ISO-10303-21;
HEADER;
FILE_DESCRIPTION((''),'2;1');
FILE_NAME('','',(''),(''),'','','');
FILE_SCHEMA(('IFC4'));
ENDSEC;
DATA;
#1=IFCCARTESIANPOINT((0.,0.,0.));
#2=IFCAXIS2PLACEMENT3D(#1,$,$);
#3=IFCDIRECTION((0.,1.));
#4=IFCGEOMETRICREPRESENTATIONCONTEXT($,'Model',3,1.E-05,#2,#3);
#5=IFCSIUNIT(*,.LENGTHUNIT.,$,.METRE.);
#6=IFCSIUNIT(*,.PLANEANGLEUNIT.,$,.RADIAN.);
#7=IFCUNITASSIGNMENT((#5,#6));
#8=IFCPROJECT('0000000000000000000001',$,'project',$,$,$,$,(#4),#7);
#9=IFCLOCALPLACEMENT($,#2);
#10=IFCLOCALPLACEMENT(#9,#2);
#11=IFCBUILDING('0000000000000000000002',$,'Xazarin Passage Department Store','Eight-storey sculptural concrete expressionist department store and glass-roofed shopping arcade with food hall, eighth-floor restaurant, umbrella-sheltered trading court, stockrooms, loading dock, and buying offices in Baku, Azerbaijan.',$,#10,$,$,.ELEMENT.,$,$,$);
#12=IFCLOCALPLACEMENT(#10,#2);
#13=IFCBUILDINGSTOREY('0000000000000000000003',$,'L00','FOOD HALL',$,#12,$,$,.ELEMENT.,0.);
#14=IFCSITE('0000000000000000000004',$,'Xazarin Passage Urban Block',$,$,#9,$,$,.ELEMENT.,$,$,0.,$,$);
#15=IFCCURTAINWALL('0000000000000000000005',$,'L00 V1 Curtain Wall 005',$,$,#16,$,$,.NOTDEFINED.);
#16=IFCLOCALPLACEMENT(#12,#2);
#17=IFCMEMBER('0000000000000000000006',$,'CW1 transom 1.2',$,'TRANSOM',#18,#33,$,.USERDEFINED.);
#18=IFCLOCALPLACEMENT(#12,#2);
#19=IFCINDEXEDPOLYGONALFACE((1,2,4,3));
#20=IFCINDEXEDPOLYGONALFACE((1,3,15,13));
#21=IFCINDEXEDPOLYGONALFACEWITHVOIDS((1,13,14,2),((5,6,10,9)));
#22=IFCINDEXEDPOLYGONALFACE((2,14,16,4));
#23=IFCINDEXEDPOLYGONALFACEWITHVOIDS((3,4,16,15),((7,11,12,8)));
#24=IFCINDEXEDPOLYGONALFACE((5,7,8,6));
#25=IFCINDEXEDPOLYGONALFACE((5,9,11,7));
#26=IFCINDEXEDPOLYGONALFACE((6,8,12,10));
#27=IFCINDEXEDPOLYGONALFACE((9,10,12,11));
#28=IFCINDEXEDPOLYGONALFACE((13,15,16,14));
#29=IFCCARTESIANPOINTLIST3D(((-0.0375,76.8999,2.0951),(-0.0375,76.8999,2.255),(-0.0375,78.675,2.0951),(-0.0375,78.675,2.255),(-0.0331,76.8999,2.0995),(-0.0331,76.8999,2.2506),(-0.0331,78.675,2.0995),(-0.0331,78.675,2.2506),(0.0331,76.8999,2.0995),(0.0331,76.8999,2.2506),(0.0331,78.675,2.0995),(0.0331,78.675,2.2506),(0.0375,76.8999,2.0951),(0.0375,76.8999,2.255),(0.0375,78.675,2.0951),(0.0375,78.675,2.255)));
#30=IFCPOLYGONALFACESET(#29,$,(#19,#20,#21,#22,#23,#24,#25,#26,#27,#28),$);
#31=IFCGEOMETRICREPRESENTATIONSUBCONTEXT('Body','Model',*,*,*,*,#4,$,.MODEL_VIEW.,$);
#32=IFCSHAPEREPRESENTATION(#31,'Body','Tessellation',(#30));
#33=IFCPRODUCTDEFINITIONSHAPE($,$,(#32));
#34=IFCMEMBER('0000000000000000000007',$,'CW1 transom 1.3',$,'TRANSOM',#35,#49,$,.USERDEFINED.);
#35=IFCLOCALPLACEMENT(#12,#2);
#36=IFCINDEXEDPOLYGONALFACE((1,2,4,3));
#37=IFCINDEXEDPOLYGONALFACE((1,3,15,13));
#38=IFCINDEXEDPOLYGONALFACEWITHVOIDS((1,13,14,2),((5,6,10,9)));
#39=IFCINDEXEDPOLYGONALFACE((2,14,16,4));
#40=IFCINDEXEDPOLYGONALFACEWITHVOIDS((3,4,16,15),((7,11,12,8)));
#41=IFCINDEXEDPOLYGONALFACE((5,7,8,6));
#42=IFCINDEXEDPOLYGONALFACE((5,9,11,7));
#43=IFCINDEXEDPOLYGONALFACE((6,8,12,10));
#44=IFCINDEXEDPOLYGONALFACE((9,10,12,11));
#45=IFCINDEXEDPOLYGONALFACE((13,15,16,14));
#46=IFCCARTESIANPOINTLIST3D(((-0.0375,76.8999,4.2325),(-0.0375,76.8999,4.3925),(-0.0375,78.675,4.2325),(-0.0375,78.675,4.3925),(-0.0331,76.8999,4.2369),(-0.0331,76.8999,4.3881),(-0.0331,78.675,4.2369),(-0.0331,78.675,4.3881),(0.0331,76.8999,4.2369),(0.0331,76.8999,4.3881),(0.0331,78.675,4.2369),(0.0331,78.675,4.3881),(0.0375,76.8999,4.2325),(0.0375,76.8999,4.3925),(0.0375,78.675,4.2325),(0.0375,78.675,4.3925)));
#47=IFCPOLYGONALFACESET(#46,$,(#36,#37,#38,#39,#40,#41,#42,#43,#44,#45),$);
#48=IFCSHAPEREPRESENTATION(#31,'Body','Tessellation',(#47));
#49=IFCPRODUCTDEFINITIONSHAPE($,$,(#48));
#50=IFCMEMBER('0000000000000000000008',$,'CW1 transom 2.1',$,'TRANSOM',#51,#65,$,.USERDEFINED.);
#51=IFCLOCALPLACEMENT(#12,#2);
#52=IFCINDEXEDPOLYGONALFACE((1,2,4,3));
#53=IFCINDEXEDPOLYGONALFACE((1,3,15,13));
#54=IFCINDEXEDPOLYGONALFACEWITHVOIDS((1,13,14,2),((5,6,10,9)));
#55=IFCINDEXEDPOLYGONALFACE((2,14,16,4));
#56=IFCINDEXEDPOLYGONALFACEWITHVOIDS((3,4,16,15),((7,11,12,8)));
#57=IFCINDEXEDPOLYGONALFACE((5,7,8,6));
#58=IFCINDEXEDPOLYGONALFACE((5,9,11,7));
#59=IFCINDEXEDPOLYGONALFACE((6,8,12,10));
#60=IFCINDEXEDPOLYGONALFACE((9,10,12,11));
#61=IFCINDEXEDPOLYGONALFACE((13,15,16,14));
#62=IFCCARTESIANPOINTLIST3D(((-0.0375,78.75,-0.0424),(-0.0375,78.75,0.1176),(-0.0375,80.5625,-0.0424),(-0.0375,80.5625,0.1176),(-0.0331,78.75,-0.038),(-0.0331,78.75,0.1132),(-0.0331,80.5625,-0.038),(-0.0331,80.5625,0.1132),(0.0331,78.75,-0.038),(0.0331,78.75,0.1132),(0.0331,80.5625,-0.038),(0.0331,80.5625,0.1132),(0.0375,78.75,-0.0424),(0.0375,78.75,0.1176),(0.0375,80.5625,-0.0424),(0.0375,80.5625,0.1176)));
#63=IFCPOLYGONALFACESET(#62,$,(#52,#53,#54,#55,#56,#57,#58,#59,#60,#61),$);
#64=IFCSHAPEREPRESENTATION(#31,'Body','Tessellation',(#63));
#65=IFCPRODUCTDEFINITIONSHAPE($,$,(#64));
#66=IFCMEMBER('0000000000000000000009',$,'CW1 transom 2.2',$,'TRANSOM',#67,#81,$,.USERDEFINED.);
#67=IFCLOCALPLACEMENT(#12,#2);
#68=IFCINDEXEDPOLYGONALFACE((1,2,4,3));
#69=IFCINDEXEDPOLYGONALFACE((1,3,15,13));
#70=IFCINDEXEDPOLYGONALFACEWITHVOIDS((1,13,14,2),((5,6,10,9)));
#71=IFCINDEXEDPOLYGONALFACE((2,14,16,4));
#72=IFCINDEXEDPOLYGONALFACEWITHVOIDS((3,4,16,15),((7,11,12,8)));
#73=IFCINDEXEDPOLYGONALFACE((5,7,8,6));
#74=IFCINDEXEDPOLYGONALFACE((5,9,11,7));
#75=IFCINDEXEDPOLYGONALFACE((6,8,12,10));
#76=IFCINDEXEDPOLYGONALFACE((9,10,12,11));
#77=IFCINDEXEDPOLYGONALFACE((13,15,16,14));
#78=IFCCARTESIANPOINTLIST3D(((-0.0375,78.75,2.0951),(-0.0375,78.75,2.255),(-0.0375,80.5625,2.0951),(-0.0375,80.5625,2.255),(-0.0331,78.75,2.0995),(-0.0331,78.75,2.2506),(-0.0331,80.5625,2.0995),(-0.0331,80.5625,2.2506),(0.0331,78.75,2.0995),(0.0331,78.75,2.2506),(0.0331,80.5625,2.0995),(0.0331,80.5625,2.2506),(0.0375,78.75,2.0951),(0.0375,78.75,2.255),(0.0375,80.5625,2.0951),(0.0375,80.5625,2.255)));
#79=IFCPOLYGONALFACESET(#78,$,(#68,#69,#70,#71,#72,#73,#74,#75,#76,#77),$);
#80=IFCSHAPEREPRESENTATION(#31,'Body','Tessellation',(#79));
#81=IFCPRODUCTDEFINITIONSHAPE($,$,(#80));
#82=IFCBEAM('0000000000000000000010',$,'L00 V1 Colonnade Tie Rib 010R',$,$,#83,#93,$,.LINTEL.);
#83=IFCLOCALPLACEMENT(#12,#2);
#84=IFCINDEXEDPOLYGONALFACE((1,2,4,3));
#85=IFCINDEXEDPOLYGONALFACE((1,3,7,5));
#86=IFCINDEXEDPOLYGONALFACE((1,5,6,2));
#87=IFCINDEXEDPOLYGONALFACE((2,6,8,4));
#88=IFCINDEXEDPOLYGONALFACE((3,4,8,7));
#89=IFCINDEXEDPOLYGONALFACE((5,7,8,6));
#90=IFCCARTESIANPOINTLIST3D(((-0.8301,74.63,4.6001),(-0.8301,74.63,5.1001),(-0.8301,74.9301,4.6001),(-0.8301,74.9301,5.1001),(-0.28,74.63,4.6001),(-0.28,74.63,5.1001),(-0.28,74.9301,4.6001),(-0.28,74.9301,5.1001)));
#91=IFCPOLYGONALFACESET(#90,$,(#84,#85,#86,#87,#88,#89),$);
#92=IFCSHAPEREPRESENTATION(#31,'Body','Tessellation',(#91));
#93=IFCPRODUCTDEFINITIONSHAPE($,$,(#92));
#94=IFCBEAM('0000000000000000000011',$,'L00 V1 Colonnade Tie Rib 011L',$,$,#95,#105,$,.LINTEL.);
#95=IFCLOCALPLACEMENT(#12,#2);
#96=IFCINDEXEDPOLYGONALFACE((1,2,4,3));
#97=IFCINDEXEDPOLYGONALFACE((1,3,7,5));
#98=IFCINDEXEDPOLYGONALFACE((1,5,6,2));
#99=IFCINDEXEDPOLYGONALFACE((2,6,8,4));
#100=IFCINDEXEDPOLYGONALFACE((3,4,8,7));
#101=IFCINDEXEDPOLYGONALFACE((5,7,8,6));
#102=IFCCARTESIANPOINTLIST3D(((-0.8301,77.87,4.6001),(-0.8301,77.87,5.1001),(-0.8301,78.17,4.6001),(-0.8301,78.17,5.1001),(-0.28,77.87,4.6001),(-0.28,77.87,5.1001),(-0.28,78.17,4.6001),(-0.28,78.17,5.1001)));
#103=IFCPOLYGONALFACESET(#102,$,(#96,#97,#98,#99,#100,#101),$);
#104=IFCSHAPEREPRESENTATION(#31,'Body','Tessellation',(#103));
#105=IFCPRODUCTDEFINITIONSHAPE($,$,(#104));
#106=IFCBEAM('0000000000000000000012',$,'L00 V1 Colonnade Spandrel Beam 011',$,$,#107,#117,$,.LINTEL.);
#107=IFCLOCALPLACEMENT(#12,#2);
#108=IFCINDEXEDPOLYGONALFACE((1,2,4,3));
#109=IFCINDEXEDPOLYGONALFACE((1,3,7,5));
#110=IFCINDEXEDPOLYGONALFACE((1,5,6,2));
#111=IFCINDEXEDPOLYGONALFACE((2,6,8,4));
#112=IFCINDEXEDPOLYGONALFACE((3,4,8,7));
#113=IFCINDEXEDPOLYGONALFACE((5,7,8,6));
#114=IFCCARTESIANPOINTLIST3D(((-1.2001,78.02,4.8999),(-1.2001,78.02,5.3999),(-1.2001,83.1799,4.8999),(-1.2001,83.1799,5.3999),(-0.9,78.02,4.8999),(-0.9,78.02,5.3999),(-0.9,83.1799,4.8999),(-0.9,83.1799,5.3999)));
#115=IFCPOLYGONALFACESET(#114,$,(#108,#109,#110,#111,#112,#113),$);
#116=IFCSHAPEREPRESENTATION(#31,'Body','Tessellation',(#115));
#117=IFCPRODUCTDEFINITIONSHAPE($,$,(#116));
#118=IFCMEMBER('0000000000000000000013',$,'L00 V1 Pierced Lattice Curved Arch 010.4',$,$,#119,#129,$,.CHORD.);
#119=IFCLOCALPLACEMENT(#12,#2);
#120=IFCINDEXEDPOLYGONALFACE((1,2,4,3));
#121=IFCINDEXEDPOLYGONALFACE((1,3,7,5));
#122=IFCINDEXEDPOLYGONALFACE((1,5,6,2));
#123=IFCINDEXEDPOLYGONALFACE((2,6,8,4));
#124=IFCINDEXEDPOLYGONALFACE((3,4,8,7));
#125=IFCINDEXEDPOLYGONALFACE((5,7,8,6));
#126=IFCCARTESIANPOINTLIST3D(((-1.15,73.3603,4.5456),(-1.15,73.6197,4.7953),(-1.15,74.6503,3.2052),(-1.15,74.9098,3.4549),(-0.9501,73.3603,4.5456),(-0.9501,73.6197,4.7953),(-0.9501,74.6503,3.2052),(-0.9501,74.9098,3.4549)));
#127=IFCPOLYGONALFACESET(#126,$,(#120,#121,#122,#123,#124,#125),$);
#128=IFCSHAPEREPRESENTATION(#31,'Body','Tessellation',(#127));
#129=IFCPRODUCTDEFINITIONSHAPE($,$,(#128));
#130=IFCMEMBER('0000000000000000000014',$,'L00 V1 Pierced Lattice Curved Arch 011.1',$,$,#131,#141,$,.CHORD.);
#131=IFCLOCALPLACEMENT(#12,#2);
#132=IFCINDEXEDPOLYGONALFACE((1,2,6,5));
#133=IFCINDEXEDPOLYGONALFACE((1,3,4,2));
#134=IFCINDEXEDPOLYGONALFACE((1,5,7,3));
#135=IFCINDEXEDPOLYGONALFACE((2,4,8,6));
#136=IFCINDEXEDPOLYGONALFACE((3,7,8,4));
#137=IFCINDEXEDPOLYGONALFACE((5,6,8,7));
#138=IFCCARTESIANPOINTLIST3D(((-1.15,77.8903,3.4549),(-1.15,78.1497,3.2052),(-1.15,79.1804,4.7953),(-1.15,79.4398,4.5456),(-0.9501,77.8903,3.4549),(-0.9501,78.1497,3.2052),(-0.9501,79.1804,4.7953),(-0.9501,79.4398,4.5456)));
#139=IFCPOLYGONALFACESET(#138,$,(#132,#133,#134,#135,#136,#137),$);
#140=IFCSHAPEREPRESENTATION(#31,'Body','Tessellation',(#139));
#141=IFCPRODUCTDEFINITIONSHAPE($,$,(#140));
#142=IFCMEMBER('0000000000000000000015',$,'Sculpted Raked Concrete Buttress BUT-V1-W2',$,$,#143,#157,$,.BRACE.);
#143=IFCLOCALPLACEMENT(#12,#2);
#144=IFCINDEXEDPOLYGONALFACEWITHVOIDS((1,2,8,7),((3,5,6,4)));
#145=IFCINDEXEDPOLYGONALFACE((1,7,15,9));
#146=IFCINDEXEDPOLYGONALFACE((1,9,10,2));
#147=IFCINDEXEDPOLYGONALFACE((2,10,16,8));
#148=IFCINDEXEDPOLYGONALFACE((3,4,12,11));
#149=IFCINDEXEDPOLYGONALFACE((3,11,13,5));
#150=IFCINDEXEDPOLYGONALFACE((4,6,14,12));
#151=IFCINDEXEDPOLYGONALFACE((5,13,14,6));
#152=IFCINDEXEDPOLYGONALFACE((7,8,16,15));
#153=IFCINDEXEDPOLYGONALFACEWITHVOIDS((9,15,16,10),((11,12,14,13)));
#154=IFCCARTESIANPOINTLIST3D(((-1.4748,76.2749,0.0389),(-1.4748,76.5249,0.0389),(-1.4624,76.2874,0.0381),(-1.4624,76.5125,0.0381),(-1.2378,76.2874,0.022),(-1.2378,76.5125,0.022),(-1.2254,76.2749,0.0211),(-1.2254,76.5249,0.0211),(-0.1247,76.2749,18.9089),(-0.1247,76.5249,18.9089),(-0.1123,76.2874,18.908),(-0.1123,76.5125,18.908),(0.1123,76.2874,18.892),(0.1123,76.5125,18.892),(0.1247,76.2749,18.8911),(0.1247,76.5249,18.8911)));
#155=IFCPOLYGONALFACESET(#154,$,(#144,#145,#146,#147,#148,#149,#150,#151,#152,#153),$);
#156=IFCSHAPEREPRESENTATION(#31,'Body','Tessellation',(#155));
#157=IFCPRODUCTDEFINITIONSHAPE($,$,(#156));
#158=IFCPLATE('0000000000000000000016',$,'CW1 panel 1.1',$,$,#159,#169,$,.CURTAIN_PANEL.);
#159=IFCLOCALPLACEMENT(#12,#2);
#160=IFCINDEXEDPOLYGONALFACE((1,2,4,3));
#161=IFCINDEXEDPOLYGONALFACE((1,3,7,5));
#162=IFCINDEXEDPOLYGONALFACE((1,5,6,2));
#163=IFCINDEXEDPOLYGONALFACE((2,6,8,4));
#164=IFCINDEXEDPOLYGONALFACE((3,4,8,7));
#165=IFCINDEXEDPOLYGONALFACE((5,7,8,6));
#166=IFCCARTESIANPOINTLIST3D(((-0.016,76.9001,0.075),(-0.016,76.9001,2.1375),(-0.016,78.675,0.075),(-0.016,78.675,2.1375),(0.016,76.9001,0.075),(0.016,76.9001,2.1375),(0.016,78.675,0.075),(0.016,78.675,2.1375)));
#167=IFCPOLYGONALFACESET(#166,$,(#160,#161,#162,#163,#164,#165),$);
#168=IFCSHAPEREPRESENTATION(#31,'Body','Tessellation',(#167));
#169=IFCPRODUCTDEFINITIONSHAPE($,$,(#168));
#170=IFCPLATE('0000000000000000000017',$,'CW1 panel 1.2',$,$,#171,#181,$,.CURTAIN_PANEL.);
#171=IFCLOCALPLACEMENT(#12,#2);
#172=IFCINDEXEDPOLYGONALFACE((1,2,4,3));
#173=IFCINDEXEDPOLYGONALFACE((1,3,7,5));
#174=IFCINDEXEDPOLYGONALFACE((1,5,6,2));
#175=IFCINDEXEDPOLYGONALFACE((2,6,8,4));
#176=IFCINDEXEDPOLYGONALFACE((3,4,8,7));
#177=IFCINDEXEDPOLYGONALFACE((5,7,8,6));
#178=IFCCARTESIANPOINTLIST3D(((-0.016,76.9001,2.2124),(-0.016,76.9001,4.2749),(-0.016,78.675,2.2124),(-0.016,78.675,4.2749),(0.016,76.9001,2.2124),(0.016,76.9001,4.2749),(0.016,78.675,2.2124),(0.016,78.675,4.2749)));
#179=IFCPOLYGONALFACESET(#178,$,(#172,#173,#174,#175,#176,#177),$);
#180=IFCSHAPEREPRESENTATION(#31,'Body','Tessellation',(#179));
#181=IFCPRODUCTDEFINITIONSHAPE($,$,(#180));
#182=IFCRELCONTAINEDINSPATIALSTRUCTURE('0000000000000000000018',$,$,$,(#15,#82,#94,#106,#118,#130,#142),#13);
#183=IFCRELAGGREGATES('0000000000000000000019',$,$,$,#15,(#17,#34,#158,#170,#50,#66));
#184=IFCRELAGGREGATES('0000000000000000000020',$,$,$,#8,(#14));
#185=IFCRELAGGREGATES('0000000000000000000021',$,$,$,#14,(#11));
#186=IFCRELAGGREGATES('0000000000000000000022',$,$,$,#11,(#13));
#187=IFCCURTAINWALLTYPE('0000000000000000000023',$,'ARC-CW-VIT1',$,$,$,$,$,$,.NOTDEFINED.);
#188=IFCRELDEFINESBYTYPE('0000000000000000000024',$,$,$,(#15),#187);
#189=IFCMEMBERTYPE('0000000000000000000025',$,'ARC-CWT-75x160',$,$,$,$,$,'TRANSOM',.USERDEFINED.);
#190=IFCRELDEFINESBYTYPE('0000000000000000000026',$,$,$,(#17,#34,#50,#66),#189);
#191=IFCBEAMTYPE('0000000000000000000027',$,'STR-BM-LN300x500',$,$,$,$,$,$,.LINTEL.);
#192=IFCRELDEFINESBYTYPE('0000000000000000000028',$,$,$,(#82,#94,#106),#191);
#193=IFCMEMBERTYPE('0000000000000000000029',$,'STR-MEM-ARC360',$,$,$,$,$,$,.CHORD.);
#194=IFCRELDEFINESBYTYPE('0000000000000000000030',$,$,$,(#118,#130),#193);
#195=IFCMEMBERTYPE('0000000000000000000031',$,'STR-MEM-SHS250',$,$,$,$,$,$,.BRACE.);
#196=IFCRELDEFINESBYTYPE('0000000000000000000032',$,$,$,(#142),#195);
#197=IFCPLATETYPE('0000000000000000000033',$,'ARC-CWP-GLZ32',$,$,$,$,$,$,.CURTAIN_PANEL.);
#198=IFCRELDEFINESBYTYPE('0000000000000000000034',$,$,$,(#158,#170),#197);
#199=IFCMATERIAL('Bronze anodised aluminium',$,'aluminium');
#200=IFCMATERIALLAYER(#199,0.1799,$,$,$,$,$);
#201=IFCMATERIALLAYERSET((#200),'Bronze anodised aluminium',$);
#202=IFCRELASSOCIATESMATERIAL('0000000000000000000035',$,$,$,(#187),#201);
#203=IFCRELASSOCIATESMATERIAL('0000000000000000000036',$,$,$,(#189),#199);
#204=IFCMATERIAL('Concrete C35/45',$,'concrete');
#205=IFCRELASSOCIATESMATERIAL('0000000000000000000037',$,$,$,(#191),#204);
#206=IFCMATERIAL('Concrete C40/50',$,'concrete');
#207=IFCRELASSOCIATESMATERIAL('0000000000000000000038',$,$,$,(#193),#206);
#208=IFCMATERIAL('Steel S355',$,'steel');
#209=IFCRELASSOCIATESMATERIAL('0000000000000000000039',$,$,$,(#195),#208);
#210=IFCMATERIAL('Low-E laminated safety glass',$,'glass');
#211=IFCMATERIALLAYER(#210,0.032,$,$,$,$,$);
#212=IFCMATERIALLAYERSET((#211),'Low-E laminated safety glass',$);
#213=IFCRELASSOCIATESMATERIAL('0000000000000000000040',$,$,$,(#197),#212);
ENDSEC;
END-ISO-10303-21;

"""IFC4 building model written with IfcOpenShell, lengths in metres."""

from ifc_helpers import new_model, si_unit, direction, frame, origin, origin_2d, place, context, subcontext, project, spatial, rectangle, hollow_rectangle, extrude, material, layer, layer_set, material_profile, profile_set, type_object, element, aggregate, save


model = new_model("IFC4")

# Units and contexts
model_context = context("Model", 3, precision=1e-05, world=origin(), true_north=direction((0.0, 1.0)))
body_context = subcontext(model_context, "Body", "Model", "MODEL_VIEW")
ifc_project = project(units=[si_unit("LENGTHUNIT", "METRE"), si_unit("PLANEANGLEUNIT", "RADIAN")], contexts=[model_context])

# Site, building, storey
site_placement = place(None, origin())
site = spatial("IfcSite", under=ifc_project, at=site_placement, Name="Xazarin Passage Urban Block", CompositionType="ELEMENT", RefElevation=0.0)
building_placement = place(site_placement, origin())
building = spatial("IfcBuilding", under=site, at=building_placement, Name="Xazarin Passage Department Store", Description="Eight-storey sculptural concrete expressionist department store and glass-roofed shopping arcade with food hall, eighth-floor restaurant, umbrella-sheltered trading court, stockrooms, loading dock, and buying offices in Baku, Azerbaijan.", CompositionType="ELEMENT")
storey_placement = place(building_placement, origin())
storey = spatial("IfcBuildingStorey", under=building, at=storey_placement, Name="L00", Description="FOOD HALL", CompositionType="ELEMENT", Elevation=0.0)

# Shared definitions
ifc_material_1 = material(Name="Concrete C35/45", Category="concrete")

# Shared definitions
ifc_material_2 = material(Name="Concrete C40/50", Category="concrete")

# Curtain wall, members
ifc_material_3 = material(Name="Bronze anodised aluminium", Category="aluminium")
ifc_layer_1 = layer(ifc_material_3, 0.1799)
ifc_layer_set_1 = layer_set([ifc_layer_1], Name="Bronze anodised aluminium")
curtain_wall_type = type_object("IfcCurtainWallType", Name="ARC-CW-VIT1", PredefinedType="NOTDEFINED", material=ifc_layer_set_1)
curtain_wall_placement = place(storey_placement, origin())
curtain_wall = element("IfcCurtainWall", 1, at=curtain_wall_placement, inside=storey, type_object=curtain_wall_type, Name="L00 V1 Curtain Wall 005", PredefinedType="NOTDEFINED")
ifc_material_profile_1 = material_profile(ifc_material_3, hollow_rectangle(XDim=0.075, YDim=0.1599, WallThickness=0.0044, at=origin_2d()), Name="ALU 75x160")
ifc_profile_set_1 = profile_set([ifc_material_profile_1], Name="Bronze anodised aluminium")
member_type_1 = type_object("IfcMemberType", Name="ARC-CWT-75x160", ElementType="TRANSOM", PredefinedType="USERDEFINED", material=ifc_profile_set_1)
member_1_placement = place(storey_placement, frame((0.0, 76.8999, 2.175), z_axis=(0.0, 1.0, 0.0), x_axis=(-1.0, 0.0, 0.0)))
member_1 = element("IfcMember", 2, at=member_1_placement, type_object=member_type_1, Name="CW1 transom 1.2", ObjectType="TRANSOM", PredefinedType="USERDEFINED", context=body_context, shape_type="SweptSolid", body=[
    extrude(hollow_rectangle(XDim=0.075, YDim=0.1599, WallThickness=0.0044, at=origin_2d()), origin(), (0.0, 0.0, 1.0), 1.7751),
])
member_2_placement = place(storey_placement, frame((0.0, 76.8999, 4.3125), z_axis=(0.0, 1.0, 0.0), x_axis=(-1.0, 0.0, 0.0)))
member_2 = element("IfcMember", 3, at=member_2_placement, type_object=member_type_1, Name="CW1 transom 1.3", ObjectType="TRANSOM", PredefinedType="USERDEFINED", context=body_context, shape_type="SweptSolid", body=[
    extrude(hollow_rectangle(XDim=0.075, YDim=0.1599, WallThickness=0.0044, at=origin_2d()), origin(), (0.0, 0.0, 1.0), 1.7751),
])
member_3_placement = place(storey_placement, frame((0.0, 78.75, 0.0376), z_axis=(0.0, 1.0, 0.0), x_axis=(-1.0, 0.0, 0.0)))
member_3 = element("IfcMember", 4, at=member_3_placement, type_object=member_type_1, Name="CW1 transom 2.1", ObjectType="TRANSOM", PredefinedType="USERDEFINED", context=body_context, shape_type="SweptSolid", body=[
    extrude(hollow_rectangle(XDim=0.075, YDim=0.1599, WallThickness=0.0044, at=origin_2d()), origin(), (0.0, 0.0, 1.0), 1.8125),
])
member_4_placement = place(storey_placement, frame((0.0, 78.75, 2.175), z_axis=(0.0, 1.0, 0.0), x_axis=(-1.0, 0.0, 0.0)))
member_4 = element("IfcMember", 5, at=member_4_placement, type_object=member_type_1, Name="CW1 transom 2.2", ObjectType="TRANSOM", PredefinedType="USERDEFINED", context=body_context, shape_type="SweptSolid", body=[
    extrude(hollow_rectangle(XDim=0.075, YDim=0.1599, WallThickness=0.0044, at=origin_2d()), origin(), (0.0, 0.0, 1.0), 1.8125),
])

# Beams
ifc_material_profile_2 = material_profile(ifc_material_1, rectangle(XDim=0.3, YDim=0.5, at=origin_2d()), Name="RC 300x500")
ifc_profile_set_2 = profile_set([ifc_material_profile_2], Name="Concrete C35/45")
beam_type = type_object("IfcBeamType", Name="STR-BM-LN300x500", PredefinedType="LINTEL", material=ifc_profile_set_2)
for number, where, z_axis, x_axis, name in (
    (6, (-0.28, 74.78, 4.8501), (-1.0, 0.0, 0.0), (0.0, -1.0, 0.0), "L00 V1 Colonnade Tie Rib 010R"),
    (7, (-0.28, 78.02, 4.8501), (-1.0, 0.0, 0.0), (0.0, -1.0, 0.0), "L00 V1 Colonnade Tie Rib 011L"),
):
    element("IfcBeam", number, at=place(storey_placement, frame(where, z_axis=z_axis, x_axis=x_axis)), inside=storey, type_object=beam_type, Name=name, PredefinedType="LINTEL", context=body_context, shape_type="SweptSolid", body=[
        extrude(rectangle(XDim=0.3, YDim=0.5, at=origin_2d()), origin(), (0.0, 0.0, 1.0), 0.55),
    ])
beam_placement = place(storey_placement, frame((-1.05, 78.02, 5.1499), z_axis=(0.0, 1.0, 0.0), x_axis=(-1.0, 0.0, 0.0)))
element("IfcBeam", 8, at=beam_placement, inside=storey, type_object=beam_type, Name="L00 V1 Colonnade Spandrel Beam 011", PredefinedType="LINTEL", context=body_context, shape_type="SweptSolid", body=[
    extrude(rectangle(XDim=0.3, YDim=0.5, at=origin_2d()), origin(), (0.0, 0.0, 1.0), 5.1599),
])

# Members
ifc_material_profile_3 = material_profile(ifc_material_2, rectangle(XDim=0.2, YDim=0.3601, at=origin_2d()), Name="RC 200x360")
ifc_profile_set_3 = profile_set([ifc_material_profile_3], Name="Concrete C40/50")
member_type_2 = type_object("IfcMemberType", Name="STR-MEM-ARC360", PredefinedType="CHORD", material=ifc_profile_set_3)
for number, where, z_axis, x_axis, name in (
    (9, (-1.05, 73.49, 4.6704), (0.0, 0.69346, -0.720495), (-1.0, 0.0, 0.0), "L00 V1 Pierced Lattice Curved Arch 010.4"),
    (10, (-1.05, 78.02, 3.3301), (0.0, 0.69346, 0.720495), (-1.0, 0.0, 0.0), "L00 V1 Pierced Lattice Curved Arch 011.1"),
):
    element("IfcMember", number, at=place(storey_placement, frame(where, z_axis=z_axis, x_axis=x_axis)), inside=storey, type_object=member_type_2, Name=name, PredefinedType="CHORD", context=body_context, shape_type="SweptSolid", body=[
        extrude(rectangle(XDim=0.2, YDim=0.3601, at=origin_2d()), origin(), (0.0, 0.0, 1.0), 1.8604),
    ])
ifc_material_4 = material(Name="Steel S355", Category="steel")
ifc_material_profile_4 = material_profile(ifc_material_4, hollow_rectangle(XDim=0.25, YDim=0.25, WallThickness=0.0125, at=origin_2d()), Name="SHS 250x250x12.5")
ifc_profile_set_4 = profile_set([ifc_material_profile_4], Name="Steel S355")
member_type_3 = type_object("IfcMemberType", Name="STR-MEM-SHS250", PredefinedType="BRACE", material=ifc_profile_set_4)
member_5_placement = place(storey_placement, frame((-1.3501, 76.3999, 0.03), z_axis=(0.071365, 0.0, 0.99745), x_axis=(0.0, 1.0, 0.0)))
element("IfcMember", 11, at=member_5_placement, inside=storey, type_object=member_type_3, Name="Sculpted Raked Concrete Buttress BUT-V1-W2", PredefinedType="BRACE", context=body_context, shape_type="SweptSolid", body=[
    extrude(hollow_rectangle(XDim=0.25, YDim=0.25, WallThickness=0.0125, at=origin_2d()), origin(), (0.0, 0.0, 1.0), 18.9182),
])

# Plates
ifc_material_5 = material(Name="Low-E laminated safety glass", Category="glass")
ifc_layer_2 = layer(ifc_material_5, 0.032)
ifc_layer_set_2 = layer_set([ifc_layer_2], Name="Low-E laminated safety glass")
plate_type_1 = type_object("IfcPlateType", Name="ARC-CWP-GLZ32", PredefinedType="CURTAIN_PANEL", material=ifc_layer_set_2)
plate_1_placement = place(storey_placement, frame((0.0, 77.7876, 0.075), z_axis=(0.0, 0.0, 1.0), x_axis=(0.0, 1.0, 0.0)))
plate_1 = element("IfcPlate", 12, at=plate_1_placement, type_object=plate_type_1, Name="CW1 panel 1.1", PredefinedType="CURTAIN_PANEL", context=body_context, shape_type="SweptSolid", body=[
    extrude(rectangle(XDim=1.7749, YDim=0.032, at=origin_2d()), origin(), (0.0, 0.0, 1.0), 2.0625),
])
plate_2_placement = place(storey_placement, frame((0.0, 77.7876, 2.2124), z_axis=(0.0, 0.0, 1.0), x_axis=(0.0, 1.0, 0.0)))
plate_2 = element("IfcPlate", 13, at=plate_2_placement, type_object=plate_type_1, Name="CW1 panel 1.2", PredefinedType="CURTAIN_PANEL", context=body_context, shape_type="SweptSolid", body=[
    extrude(rectangle(XDim=1.7749, YDim=0.032, at=origin_2d()), origin(), (0.0, 0.0, 1.0), 2.0625),
])
aggregate(curtain_wall, [member_1, member_2, plate_1, plate_2, member_3, member_4])

save(model, "model.ifc")
